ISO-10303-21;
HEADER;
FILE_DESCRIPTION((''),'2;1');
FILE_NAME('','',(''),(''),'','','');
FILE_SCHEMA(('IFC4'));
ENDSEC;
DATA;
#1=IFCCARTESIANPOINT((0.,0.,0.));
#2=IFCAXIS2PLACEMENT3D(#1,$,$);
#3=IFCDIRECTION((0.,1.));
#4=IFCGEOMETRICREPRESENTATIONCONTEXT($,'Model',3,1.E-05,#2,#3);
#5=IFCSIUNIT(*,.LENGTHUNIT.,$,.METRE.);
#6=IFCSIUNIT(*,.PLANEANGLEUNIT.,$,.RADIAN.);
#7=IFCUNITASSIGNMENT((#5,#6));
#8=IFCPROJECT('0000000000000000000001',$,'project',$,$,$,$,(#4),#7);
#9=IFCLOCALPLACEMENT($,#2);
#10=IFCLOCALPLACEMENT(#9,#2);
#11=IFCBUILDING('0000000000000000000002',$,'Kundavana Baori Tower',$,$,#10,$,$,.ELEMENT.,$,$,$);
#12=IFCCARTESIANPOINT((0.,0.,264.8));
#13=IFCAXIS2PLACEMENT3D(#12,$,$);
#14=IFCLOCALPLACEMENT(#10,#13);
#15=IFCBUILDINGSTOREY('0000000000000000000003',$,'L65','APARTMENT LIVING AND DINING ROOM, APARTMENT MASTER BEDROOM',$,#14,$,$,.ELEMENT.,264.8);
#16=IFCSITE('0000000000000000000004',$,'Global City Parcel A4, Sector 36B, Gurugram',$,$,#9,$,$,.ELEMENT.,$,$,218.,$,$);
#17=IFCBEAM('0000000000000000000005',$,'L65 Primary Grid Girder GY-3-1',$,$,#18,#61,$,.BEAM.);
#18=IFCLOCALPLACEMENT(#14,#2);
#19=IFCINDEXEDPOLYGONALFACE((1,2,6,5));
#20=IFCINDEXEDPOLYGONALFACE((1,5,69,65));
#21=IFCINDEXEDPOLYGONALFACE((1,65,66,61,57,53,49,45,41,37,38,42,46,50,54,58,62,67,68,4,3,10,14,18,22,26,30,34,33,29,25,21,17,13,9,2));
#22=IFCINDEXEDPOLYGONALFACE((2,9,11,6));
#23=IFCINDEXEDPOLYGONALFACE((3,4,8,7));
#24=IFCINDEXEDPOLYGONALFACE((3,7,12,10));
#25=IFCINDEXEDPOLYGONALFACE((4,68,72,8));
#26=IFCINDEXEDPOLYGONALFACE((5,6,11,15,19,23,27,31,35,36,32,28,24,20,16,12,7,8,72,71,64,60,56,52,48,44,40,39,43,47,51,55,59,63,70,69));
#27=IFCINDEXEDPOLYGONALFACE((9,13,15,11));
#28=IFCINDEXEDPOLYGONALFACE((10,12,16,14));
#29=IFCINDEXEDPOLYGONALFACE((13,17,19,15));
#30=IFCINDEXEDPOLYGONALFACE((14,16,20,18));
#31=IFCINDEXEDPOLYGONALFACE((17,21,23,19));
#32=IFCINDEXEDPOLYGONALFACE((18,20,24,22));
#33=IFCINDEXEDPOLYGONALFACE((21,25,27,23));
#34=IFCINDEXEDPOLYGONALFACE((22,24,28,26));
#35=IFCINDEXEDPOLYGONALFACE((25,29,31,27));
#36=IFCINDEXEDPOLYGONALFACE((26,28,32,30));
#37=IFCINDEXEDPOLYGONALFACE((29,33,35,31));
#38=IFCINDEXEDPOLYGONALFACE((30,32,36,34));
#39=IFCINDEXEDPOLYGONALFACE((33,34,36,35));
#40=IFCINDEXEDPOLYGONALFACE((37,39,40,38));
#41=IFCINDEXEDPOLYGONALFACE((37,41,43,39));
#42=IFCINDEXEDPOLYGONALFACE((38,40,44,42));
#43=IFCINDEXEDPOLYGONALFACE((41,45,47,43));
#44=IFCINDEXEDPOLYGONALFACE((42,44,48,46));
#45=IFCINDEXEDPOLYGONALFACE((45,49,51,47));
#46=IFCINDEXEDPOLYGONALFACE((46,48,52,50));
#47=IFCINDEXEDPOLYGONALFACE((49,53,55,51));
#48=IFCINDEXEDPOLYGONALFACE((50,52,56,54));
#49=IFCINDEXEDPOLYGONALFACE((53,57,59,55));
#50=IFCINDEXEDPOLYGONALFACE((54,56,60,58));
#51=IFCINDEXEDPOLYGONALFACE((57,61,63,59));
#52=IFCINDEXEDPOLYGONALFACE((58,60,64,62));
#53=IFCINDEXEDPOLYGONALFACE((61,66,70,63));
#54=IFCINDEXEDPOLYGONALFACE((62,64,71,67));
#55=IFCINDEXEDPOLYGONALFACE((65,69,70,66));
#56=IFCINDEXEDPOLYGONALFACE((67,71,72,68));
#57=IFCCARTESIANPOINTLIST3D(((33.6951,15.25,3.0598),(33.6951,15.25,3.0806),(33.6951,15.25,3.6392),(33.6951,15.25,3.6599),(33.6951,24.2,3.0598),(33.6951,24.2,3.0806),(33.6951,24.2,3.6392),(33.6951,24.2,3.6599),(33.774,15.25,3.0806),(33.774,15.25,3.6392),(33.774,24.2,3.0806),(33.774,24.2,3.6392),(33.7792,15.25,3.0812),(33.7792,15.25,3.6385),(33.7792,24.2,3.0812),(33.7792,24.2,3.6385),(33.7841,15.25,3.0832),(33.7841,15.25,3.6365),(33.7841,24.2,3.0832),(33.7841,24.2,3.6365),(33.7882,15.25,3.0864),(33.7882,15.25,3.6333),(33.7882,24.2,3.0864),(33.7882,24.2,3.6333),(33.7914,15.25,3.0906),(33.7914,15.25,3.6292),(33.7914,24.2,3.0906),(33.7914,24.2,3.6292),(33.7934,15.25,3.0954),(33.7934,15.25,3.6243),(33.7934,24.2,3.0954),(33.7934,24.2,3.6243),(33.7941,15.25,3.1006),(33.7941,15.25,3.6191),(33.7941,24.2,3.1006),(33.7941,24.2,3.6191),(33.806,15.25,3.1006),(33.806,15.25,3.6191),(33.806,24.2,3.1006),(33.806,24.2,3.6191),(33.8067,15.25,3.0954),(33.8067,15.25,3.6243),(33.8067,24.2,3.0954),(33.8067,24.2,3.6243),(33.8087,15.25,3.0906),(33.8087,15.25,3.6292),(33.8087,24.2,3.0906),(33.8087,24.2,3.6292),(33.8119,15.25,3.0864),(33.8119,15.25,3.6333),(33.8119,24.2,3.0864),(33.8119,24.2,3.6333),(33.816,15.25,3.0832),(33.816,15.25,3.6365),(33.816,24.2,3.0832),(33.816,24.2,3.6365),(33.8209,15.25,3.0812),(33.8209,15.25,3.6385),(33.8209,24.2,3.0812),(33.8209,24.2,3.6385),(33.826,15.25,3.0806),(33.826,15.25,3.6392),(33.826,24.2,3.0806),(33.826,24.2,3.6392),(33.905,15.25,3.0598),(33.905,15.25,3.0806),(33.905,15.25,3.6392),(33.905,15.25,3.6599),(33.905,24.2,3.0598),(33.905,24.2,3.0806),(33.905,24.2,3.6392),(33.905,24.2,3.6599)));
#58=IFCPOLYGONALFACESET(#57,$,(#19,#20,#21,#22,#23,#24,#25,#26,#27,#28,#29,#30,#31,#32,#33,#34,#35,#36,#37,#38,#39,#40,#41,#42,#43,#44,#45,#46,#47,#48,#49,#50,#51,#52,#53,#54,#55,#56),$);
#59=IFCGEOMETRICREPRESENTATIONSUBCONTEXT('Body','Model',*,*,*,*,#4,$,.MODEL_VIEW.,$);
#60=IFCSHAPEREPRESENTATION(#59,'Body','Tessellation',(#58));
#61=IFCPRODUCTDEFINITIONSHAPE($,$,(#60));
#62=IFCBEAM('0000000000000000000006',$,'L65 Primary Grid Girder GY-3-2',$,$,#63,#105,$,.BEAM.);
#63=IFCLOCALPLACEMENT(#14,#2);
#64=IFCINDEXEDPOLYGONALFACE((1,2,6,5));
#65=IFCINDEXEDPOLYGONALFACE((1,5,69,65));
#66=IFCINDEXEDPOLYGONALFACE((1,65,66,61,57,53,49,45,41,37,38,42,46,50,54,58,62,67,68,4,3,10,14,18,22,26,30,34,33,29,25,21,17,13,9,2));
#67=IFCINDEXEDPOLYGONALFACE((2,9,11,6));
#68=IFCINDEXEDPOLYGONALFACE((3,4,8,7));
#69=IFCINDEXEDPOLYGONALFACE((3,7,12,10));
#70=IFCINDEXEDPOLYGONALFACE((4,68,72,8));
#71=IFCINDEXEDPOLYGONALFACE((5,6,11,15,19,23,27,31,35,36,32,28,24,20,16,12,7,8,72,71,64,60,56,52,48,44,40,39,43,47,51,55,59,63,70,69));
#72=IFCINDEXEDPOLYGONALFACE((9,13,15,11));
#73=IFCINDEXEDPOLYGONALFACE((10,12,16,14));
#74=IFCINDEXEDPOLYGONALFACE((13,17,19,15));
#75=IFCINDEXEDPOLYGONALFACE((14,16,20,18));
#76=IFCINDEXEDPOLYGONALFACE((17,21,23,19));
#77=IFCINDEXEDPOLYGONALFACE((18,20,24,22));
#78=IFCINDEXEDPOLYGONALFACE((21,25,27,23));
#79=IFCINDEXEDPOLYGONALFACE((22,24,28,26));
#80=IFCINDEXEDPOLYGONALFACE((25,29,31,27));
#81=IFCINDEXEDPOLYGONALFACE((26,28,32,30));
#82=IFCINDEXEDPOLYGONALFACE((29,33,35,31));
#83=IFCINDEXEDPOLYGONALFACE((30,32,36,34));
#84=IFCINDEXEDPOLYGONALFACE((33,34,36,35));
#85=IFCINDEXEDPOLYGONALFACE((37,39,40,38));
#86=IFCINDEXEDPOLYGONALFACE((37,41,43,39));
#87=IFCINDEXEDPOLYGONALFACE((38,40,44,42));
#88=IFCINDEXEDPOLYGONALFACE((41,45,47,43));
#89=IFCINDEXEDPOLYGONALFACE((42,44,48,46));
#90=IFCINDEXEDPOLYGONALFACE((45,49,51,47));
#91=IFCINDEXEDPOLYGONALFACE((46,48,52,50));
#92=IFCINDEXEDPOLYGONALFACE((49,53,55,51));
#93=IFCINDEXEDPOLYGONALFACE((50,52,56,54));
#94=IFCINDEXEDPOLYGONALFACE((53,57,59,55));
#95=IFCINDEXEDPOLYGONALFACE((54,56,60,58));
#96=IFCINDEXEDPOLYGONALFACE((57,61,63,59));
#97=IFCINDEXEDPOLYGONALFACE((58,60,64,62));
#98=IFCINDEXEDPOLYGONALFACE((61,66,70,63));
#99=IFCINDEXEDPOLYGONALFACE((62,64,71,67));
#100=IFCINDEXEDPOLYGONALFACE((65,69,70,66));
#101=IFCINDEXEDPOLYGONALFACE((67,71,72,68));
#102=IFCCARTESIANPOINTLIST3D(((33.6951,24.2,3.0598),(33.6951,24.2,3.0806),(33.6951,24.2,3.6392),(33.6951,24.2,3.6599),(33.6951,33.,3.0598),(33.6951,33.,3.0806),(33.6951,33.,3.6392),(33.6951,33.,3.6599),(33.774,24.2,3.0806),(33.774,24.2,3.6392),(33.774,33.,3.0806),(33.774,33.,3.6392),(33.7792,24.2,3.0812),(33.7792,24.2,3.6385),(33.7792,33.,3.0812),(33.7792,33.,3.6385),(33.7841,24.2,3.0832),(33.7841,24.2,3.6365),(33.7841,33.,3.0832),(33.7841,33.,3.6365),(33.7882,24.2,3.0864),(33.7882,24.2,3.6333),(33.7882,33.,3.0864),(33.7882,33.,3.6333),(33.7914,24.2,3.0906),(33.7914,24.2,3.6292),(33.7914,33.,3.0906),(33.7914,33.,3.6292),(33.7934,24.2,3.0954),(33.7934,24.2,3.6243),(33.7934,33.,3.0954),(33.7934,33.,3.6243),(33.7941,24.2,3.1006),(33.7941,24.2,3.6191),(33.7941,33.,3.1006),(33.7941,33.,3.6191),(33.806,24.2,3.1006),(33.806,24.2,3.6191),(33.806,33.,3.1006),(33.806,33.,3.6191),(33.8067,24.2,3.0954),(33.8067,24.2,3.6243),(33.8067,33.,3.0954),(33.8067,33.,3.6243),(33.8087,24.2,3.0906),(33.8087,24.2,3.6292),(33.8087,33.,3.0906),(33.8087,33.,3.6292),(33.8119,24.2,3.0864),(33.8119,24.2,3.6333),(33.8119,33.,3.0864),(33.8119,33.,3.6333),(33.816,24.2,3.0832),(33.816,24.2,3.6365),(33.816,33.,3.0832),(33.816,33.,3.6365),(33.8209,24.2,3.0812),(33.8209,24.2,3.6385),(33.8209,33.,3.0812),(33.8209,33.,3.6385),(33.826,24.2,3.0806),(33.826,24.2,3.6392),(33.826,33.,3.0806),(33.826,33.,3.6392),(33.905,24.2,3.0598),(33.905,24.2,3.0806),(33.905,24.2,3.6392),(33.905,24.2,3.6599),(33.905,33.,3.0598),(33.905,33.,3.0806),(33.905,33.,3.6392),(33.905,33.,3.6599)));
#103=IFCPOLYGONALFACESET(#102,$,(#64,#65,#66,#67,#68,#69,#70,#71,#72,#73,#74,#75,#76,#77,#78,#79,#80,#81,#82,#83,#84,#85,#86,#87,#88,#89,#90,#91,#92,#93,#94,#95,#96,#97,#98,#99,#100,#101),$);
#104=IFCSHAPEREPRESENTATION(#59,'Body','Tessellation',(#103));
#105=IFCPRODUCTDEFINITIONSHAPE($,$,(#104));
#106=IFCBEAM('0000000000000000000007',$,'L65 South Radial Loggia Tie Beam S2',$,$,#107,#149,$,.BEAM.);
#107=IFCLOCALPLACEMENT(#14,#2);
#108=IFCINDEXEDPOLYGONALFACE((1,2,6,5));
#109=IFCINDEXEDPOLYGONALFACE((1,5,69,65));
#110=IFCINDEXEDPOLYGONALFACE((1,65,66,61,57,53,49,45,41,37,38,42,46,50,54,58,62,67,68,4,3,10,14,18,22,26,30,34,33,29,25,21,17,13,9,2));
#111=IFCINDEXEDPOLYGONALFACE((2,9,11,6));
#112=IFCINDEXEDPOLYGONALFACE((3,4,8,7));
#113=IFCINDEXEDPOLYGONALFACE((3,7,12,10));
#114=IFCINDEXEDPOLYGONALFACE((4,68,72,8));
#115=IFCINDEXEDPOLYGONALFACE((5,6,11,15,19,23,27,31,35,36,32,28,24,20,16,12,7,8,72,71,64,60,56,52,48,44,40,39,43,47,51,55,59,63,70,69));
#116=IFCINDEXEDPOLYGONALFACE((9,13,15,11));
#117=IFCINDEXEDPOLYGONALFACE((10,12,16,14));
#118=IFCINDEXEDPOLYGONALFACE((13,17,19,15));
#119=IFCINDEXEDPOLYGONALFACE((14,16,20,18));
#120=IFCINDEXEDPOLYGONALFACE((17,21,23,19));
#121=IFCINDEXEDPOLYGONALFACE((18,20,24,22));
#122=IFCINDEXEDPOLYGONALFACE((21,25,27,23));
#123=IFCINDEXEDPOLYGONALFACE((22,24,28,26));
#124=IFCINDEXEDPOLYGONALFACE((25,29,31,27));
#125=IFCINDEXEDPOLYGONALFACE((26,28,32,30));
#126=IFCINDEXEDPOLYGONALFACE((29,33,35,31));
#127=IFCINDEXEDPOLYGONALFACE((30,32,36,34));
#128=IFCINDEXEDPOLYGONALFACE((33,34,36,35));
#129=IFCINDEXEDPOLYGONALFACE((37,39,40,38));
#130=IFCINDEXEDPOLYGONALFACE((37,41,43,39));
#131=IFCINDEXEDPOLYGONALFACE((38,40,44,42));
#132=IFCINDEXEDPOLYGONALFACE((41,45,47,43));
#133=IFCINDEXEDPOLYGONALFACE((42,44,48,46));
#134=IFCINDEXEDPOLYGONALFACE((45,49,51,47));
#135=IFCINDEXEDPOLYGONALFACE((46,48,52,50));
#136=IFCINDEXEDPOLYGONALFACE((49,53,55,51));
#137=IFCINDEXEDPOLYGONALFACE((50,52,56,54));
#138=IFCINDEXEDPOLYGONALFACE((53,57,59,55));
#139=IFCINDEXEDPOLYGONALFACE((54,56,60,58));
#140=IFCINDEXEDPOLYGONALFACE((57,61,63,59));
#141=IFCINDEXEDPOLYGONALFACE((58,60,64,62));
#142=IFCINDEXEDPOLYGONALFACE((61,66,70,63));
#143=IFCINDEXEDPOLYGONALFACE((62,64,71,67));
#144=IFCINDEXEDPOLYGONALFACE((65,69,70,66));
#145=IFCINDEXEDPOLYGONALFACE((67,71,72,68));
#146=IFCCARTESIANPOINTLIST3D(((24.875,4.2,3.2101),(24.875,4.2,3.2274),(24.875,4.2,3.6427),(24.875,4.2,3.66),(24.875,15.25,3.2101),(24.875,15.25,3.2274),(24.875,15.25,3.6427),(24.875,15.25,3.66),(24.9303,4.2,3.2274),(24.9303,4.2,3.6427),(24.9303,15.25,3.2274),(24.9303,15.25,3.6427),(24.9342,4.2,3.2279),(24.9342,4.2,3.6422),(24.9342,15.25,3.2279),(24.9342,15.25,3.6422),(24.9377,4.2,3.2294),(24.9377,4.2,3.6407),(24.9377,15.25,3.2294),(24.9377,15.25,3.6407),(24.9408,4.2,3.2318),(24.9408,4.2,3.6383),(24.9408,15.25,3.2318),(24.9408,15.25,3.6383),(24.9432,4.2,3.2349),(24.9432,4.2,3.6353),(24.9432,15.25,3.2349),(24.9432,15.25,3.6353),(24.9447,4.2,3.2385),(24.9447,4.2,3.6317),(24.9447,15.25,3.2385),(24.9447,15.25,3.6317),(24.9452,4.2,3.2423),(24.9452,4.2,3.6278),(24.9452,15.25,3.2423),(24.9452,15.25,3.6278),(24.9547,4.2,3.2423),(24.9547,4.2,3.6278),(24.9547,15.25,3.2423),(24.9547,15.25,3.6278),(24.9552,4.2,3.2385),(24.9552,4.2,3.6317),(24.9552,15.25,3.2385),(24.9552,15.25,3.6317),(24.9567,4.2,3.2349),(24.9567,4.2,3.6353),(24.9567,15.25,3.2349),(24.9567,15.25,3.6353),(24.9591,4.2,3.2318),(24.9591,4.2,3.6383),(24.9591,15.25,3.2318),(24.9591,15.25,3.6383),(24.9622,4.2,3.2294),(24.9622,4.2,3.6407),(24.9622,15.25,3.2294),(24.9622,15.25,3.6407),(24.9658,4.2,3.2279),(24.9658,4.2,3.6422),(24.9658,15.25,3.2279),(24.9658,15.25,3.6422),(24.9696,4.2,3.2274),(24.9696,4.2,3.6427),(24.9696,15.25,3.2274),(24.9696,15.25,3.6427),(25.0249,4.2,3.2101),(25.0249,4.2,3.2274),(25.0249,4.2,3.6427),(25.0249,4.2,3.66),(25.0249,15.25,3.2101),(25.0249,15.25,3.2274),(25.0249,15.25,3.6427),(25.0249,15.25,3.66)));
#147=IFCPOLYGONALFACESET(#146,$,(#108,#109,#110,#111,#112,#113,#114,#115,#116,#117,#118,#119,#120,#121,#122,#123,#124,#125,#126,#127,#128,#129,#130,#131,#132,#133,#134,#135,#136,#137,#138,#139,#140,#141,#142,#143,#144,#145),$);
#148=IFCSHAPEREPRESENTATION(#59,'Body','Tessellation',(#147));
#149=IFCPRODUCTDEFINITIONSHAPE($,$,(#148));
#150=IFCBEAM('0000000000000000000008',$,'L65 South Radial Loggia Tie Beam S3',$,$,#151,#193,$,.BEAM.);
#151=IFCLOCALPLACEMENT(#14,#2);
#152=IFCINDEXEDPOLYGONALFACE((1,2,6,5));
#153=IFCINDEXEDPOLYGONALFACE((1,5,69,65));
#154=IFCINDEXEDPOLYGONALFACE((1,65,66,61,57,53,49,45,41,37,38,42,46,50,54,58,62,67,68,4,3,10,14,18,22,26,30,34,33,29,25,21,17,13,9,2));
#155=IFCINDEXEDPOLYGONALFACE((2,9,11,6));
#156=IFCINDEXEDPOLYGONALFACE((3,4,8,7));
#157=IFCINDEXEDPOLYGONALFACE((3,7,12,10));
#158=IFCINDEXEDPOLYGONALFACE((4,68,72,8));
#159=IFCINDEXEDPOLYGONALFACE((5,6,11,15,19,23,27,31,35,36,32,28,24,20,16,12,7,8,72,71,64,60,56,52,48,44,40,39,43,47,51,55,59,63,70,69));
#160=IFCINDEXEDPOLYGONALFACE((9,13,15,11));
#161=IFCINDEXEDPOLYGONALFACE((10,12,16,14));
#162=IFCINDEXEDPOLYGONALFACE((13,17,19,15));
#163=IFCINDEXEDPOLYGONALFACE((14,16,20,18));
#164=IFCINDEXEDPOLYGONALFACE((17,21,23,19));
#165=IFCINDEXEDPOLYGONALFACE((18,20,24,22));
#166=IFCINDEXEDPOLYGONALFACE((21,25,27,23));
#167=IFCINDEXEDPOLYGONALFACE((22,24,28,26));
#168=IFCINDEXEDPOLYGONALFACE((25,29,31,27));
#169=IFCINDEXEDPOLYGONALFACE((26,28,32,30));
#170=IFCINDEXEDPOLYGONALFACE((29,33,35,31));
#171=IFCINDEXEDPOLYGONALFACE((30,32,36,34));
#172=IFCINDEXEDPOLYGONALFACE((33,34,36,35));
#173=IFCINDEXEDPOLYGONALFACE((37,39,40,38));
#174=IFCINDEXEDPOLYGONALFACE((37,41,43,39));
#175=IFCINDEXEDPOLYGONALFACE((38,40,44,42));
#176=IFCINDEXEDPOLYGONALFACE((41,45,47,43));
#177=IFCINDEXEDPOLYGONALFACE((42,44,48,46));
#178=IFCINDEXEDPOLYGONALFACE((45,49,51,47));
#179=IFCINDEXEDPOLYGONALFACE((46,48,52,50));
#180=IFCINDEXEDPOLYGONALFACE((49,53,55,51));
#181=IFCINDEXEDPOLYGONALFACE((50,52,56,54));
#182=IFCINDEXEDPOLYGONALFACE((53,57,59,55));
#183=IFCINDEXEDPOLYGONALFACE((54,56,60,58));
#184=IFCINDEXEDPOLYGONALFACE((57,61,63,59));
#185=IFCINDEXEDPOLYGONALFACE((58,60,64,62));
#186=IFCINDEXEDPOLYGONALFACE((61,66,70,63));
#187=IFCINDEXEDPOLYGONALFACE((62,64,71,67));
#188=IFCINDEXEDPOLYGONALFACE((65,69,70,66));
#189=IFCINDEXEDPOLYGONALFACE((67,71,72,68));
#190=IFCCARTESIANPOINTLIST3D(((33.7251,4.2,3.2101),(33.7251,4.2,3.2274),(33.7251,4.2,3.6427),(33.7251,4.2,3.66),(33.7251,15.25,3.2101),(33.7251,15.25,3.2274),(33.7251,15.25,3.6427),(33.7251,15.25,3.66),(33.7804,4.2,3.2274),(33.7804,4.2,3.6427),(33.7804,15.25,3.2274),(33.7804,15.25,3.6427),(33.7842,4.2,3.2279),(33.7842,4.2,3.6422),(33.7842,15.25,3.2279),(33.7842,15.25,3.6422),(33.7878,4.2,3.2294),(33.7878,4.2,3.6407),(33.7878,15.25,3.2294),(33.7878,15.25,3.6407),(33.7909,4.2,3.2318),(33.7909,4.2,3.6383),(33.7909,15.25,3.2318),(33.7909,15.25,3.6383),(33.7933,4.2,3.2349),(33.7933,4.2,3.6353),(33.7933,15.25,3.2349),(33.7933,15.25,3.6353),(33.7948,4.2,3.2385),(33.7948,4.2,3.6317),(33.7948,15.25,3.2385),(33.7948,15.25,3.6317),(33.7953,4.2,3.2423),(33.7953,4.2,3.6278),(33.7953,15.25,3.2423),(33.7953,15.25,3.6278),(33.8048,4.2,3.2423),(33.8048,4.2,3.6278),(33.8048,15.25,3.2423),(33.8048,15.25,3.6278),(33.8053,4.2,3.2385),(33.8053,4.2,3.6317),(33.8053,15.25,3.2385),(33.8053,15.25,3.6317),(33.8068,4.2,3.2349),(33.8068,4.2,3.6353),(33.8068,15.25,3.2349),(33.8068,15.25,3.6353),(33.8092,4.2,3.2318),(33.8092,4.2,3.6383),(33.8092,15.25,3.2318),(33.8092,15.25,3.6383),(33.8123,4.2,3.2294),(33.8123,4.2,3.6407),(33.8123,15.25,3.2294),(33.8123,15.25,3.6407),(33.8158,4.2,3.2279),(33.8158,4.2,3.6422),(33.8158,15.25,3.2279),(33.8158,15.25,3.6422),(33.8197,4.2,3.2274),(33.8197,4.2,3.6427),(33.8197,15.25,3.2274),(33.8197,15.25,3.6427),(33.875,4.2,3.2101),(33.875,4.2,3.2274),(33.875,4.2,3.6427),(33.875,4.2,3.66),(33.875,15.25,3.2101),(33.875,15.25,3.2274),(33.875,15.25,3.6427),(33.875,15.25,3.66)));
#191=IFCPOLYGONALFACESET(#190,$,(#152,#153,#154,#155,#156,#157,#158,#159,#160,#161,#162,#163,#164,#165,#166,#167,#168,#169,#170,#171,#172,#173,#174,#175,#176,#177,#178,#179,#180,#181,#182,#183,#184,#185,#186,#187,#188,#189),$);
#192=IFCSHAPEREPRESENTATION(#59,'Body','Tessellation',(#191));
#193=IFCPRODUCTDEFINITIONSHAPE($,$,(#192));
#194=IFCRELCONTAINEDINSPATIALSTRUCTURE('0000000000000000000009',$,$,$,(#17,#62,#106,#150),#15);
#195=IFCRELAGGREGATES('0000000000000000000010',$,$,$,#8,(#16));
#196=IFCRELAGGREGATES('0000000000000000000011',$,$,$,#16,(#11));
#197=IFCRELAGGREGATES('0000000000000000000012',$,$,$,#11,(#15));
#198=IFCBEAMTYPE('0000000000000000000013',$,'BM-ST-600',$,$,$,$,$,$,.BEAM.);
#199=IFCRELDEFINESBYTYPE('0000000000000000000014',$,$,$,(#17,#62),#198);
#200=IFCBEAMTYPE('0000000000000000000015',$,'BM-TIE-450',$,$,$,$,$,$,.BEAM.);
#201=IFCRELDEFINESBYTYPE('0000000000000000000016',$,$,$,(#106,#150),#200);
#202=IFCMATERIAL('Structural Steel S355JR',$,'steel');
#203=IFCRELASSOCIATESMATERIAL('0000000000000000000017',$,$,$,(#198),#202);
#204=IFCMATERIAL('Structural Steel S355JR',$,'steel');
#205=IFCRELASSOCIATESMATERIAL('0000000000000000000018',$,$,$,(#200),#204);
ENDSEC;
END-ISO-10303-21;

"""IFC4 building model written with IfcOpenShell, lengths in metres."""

from ifc_helpers import new_model, si_unit, direction, frame, origin, origin_2d, place, context, subcontext, project, spatial, i_section, extrude, material, material_profile, profile_set, type_object, element, save


model = new_model("IFC4")

# Units and contexts
model_context = context("Model", 3, precision=1e-05, world=origin(), true_north=direction((0.0, 1.0)))
body_context = subcontext(model_context, "Body", "Model", "MODEL_VIEW")
ifc_project = project(units=[si_unit("LENGTHUNIT", "METRE"), si_unit("PLANEANGLEUNIT", "RADIAN")], contexts=[model_context])

# Site, building, storey
site_placement = place(None, origin())
site = spatial("IfcSite", under=ifc_project, at=site_placement, Name="Global City Parcel A4, Sector 36B, Gurugram", CompositionType="ELEMENT", RefElevation=218.0)
building_placement = place(site_placement, origin())
building = spatial("IfcBuilding", under=site, at=building_placement, Name="Kundavana Baori Tower", CompositionType="ELEMENT")
storey_placement = place(building_placement, frame((0.0, 0.0, 264.8)))
storey = spatial("IfcBuildingStorey", under=building, at=storey_placement, Name="L65", Description="APARTMENT LIVING AND DINING ROOM, APARTMENT MASTER BEDROOM", CompositionType="ELEMENT", Elevation=264.8)

# Beams
ifc_material_1 = material(Name="Structural Steel S355JR", Category="steel")
ifc_material_profile_1 = material_profile(ifc_material_1, i_section(OverallWidth=0.21, OverallDepth=0.6001, WebThickness=0.012, FlangeThickness=0.0208, FilletRadius=0.02, at=origin_2d()), Name="ISMB 600")
ifc_profile_set_1 = profile_set([ifc_material_profile_1], Name="Structural Steel S355JR")
beam_type_1 = type_object("IfcBeamType", Name="BM-ST-600", PredefinedType="BEAM", material=ifc_profile_set_1)
beam_1_placement = place(storey_placement, frame((33.8, 15.25, 3.3599), z_axis=(0.0, 1.0, 0.0), x_axis=(-1.0, 0.0, 0.0)))
element("IfcBeam", 1, at=beam_1_placement, inside=storey, type_object=beam_type_1, Name="L65 Primary Grid Girder GY-3-1", PredefinedType="BEAM", context=body_context, shape_type="SweptSolid", body=[
    extrude(i_section(OverallWidth=0.21, OverallDepth=0.6001, WebThickness=0.012, FlangeThickness=0.0208, FilletRadius=0.02, at=origin_2d()), origin(), (0.0, 0.0, 1.0), 8.95),
])
beam_2_placement = place(storey_placement, frame((33.8, 24.2, 3.3599), z_axis=(0.0, 1.0, 0.0), x_axis=(-1.0, 0.0, 0.0)))
element("IfcBeam", 2, at=beam_2_placement, inside=storey, type_object=beam_type_1, Name="L65 Primary Grid Girder GY-3-2", PredefinedType="BEAM", context=body_context, shape_type="SweptSolid", body=[
    extrude(i_section(OverallWidth=0.21, OverallDepth=0.6001, WebThickness=0.012, FlangeThickness=0.0208, FilletRadius=0.02, at=origin_2d()), origin(), (0.0, 0.0, 1.0), 8.8),
])
ifc_material_2 = material(Name="Structural Steel S355JR", Category="steel")
ifc_material_profile_2 = material_profile(ifc_material_2, i_section(OverallWidth=0.1499, OverallDepth=0.45, WebThickness=0.0095, FlangeThickness=0.0173, FilletRadius=0.0149, at=origin_2d()), Name="ISMB 450")
ifc_profile_set_2 = profile_set([ifc_material_profile_2], Name="Structural Steel S355JR")
beam_type_2 = type_object("IfcBeamType", Name="BM-TIE-450", PredefinedType="BEAM", material=ifc_profile_set_2)
for number, where, z_axis, x_axis, name in (
    (3, (24.95, 15.25, 3.4351), (0.0, -1.0, 0.0), (1.0, 0.0, 0.0), "L65 South Radial Loggia Tie Beam S2"),
    (4, (33.8, 15.25, 3.4351), (0.0, -1.0, 0.0), (1.0, 0.0, 0.0), "L65 South Radial Loggia Tie Beam S3"),
):
    element("IfcBeam", number, at=place(storey_placement, frame(where, z_axis=z_axis, x_axis=x_axis)), inside=storey, type_object=beam_type_2, Name=name, PredefinedType="BEAM", context=body_context, shape_type="SweptSolid", body=[
        extrude(i_section(OverallWidth=0.1499, OverallDepth=0.45, WebThickness=0.0095, FlangeThickness=0.0173, FilletRadius=0.0149, at=origin_2d()), origin(), (0.0, 0.0, 1.0), 11.05),
    ])

save(model, "model.ifc")
